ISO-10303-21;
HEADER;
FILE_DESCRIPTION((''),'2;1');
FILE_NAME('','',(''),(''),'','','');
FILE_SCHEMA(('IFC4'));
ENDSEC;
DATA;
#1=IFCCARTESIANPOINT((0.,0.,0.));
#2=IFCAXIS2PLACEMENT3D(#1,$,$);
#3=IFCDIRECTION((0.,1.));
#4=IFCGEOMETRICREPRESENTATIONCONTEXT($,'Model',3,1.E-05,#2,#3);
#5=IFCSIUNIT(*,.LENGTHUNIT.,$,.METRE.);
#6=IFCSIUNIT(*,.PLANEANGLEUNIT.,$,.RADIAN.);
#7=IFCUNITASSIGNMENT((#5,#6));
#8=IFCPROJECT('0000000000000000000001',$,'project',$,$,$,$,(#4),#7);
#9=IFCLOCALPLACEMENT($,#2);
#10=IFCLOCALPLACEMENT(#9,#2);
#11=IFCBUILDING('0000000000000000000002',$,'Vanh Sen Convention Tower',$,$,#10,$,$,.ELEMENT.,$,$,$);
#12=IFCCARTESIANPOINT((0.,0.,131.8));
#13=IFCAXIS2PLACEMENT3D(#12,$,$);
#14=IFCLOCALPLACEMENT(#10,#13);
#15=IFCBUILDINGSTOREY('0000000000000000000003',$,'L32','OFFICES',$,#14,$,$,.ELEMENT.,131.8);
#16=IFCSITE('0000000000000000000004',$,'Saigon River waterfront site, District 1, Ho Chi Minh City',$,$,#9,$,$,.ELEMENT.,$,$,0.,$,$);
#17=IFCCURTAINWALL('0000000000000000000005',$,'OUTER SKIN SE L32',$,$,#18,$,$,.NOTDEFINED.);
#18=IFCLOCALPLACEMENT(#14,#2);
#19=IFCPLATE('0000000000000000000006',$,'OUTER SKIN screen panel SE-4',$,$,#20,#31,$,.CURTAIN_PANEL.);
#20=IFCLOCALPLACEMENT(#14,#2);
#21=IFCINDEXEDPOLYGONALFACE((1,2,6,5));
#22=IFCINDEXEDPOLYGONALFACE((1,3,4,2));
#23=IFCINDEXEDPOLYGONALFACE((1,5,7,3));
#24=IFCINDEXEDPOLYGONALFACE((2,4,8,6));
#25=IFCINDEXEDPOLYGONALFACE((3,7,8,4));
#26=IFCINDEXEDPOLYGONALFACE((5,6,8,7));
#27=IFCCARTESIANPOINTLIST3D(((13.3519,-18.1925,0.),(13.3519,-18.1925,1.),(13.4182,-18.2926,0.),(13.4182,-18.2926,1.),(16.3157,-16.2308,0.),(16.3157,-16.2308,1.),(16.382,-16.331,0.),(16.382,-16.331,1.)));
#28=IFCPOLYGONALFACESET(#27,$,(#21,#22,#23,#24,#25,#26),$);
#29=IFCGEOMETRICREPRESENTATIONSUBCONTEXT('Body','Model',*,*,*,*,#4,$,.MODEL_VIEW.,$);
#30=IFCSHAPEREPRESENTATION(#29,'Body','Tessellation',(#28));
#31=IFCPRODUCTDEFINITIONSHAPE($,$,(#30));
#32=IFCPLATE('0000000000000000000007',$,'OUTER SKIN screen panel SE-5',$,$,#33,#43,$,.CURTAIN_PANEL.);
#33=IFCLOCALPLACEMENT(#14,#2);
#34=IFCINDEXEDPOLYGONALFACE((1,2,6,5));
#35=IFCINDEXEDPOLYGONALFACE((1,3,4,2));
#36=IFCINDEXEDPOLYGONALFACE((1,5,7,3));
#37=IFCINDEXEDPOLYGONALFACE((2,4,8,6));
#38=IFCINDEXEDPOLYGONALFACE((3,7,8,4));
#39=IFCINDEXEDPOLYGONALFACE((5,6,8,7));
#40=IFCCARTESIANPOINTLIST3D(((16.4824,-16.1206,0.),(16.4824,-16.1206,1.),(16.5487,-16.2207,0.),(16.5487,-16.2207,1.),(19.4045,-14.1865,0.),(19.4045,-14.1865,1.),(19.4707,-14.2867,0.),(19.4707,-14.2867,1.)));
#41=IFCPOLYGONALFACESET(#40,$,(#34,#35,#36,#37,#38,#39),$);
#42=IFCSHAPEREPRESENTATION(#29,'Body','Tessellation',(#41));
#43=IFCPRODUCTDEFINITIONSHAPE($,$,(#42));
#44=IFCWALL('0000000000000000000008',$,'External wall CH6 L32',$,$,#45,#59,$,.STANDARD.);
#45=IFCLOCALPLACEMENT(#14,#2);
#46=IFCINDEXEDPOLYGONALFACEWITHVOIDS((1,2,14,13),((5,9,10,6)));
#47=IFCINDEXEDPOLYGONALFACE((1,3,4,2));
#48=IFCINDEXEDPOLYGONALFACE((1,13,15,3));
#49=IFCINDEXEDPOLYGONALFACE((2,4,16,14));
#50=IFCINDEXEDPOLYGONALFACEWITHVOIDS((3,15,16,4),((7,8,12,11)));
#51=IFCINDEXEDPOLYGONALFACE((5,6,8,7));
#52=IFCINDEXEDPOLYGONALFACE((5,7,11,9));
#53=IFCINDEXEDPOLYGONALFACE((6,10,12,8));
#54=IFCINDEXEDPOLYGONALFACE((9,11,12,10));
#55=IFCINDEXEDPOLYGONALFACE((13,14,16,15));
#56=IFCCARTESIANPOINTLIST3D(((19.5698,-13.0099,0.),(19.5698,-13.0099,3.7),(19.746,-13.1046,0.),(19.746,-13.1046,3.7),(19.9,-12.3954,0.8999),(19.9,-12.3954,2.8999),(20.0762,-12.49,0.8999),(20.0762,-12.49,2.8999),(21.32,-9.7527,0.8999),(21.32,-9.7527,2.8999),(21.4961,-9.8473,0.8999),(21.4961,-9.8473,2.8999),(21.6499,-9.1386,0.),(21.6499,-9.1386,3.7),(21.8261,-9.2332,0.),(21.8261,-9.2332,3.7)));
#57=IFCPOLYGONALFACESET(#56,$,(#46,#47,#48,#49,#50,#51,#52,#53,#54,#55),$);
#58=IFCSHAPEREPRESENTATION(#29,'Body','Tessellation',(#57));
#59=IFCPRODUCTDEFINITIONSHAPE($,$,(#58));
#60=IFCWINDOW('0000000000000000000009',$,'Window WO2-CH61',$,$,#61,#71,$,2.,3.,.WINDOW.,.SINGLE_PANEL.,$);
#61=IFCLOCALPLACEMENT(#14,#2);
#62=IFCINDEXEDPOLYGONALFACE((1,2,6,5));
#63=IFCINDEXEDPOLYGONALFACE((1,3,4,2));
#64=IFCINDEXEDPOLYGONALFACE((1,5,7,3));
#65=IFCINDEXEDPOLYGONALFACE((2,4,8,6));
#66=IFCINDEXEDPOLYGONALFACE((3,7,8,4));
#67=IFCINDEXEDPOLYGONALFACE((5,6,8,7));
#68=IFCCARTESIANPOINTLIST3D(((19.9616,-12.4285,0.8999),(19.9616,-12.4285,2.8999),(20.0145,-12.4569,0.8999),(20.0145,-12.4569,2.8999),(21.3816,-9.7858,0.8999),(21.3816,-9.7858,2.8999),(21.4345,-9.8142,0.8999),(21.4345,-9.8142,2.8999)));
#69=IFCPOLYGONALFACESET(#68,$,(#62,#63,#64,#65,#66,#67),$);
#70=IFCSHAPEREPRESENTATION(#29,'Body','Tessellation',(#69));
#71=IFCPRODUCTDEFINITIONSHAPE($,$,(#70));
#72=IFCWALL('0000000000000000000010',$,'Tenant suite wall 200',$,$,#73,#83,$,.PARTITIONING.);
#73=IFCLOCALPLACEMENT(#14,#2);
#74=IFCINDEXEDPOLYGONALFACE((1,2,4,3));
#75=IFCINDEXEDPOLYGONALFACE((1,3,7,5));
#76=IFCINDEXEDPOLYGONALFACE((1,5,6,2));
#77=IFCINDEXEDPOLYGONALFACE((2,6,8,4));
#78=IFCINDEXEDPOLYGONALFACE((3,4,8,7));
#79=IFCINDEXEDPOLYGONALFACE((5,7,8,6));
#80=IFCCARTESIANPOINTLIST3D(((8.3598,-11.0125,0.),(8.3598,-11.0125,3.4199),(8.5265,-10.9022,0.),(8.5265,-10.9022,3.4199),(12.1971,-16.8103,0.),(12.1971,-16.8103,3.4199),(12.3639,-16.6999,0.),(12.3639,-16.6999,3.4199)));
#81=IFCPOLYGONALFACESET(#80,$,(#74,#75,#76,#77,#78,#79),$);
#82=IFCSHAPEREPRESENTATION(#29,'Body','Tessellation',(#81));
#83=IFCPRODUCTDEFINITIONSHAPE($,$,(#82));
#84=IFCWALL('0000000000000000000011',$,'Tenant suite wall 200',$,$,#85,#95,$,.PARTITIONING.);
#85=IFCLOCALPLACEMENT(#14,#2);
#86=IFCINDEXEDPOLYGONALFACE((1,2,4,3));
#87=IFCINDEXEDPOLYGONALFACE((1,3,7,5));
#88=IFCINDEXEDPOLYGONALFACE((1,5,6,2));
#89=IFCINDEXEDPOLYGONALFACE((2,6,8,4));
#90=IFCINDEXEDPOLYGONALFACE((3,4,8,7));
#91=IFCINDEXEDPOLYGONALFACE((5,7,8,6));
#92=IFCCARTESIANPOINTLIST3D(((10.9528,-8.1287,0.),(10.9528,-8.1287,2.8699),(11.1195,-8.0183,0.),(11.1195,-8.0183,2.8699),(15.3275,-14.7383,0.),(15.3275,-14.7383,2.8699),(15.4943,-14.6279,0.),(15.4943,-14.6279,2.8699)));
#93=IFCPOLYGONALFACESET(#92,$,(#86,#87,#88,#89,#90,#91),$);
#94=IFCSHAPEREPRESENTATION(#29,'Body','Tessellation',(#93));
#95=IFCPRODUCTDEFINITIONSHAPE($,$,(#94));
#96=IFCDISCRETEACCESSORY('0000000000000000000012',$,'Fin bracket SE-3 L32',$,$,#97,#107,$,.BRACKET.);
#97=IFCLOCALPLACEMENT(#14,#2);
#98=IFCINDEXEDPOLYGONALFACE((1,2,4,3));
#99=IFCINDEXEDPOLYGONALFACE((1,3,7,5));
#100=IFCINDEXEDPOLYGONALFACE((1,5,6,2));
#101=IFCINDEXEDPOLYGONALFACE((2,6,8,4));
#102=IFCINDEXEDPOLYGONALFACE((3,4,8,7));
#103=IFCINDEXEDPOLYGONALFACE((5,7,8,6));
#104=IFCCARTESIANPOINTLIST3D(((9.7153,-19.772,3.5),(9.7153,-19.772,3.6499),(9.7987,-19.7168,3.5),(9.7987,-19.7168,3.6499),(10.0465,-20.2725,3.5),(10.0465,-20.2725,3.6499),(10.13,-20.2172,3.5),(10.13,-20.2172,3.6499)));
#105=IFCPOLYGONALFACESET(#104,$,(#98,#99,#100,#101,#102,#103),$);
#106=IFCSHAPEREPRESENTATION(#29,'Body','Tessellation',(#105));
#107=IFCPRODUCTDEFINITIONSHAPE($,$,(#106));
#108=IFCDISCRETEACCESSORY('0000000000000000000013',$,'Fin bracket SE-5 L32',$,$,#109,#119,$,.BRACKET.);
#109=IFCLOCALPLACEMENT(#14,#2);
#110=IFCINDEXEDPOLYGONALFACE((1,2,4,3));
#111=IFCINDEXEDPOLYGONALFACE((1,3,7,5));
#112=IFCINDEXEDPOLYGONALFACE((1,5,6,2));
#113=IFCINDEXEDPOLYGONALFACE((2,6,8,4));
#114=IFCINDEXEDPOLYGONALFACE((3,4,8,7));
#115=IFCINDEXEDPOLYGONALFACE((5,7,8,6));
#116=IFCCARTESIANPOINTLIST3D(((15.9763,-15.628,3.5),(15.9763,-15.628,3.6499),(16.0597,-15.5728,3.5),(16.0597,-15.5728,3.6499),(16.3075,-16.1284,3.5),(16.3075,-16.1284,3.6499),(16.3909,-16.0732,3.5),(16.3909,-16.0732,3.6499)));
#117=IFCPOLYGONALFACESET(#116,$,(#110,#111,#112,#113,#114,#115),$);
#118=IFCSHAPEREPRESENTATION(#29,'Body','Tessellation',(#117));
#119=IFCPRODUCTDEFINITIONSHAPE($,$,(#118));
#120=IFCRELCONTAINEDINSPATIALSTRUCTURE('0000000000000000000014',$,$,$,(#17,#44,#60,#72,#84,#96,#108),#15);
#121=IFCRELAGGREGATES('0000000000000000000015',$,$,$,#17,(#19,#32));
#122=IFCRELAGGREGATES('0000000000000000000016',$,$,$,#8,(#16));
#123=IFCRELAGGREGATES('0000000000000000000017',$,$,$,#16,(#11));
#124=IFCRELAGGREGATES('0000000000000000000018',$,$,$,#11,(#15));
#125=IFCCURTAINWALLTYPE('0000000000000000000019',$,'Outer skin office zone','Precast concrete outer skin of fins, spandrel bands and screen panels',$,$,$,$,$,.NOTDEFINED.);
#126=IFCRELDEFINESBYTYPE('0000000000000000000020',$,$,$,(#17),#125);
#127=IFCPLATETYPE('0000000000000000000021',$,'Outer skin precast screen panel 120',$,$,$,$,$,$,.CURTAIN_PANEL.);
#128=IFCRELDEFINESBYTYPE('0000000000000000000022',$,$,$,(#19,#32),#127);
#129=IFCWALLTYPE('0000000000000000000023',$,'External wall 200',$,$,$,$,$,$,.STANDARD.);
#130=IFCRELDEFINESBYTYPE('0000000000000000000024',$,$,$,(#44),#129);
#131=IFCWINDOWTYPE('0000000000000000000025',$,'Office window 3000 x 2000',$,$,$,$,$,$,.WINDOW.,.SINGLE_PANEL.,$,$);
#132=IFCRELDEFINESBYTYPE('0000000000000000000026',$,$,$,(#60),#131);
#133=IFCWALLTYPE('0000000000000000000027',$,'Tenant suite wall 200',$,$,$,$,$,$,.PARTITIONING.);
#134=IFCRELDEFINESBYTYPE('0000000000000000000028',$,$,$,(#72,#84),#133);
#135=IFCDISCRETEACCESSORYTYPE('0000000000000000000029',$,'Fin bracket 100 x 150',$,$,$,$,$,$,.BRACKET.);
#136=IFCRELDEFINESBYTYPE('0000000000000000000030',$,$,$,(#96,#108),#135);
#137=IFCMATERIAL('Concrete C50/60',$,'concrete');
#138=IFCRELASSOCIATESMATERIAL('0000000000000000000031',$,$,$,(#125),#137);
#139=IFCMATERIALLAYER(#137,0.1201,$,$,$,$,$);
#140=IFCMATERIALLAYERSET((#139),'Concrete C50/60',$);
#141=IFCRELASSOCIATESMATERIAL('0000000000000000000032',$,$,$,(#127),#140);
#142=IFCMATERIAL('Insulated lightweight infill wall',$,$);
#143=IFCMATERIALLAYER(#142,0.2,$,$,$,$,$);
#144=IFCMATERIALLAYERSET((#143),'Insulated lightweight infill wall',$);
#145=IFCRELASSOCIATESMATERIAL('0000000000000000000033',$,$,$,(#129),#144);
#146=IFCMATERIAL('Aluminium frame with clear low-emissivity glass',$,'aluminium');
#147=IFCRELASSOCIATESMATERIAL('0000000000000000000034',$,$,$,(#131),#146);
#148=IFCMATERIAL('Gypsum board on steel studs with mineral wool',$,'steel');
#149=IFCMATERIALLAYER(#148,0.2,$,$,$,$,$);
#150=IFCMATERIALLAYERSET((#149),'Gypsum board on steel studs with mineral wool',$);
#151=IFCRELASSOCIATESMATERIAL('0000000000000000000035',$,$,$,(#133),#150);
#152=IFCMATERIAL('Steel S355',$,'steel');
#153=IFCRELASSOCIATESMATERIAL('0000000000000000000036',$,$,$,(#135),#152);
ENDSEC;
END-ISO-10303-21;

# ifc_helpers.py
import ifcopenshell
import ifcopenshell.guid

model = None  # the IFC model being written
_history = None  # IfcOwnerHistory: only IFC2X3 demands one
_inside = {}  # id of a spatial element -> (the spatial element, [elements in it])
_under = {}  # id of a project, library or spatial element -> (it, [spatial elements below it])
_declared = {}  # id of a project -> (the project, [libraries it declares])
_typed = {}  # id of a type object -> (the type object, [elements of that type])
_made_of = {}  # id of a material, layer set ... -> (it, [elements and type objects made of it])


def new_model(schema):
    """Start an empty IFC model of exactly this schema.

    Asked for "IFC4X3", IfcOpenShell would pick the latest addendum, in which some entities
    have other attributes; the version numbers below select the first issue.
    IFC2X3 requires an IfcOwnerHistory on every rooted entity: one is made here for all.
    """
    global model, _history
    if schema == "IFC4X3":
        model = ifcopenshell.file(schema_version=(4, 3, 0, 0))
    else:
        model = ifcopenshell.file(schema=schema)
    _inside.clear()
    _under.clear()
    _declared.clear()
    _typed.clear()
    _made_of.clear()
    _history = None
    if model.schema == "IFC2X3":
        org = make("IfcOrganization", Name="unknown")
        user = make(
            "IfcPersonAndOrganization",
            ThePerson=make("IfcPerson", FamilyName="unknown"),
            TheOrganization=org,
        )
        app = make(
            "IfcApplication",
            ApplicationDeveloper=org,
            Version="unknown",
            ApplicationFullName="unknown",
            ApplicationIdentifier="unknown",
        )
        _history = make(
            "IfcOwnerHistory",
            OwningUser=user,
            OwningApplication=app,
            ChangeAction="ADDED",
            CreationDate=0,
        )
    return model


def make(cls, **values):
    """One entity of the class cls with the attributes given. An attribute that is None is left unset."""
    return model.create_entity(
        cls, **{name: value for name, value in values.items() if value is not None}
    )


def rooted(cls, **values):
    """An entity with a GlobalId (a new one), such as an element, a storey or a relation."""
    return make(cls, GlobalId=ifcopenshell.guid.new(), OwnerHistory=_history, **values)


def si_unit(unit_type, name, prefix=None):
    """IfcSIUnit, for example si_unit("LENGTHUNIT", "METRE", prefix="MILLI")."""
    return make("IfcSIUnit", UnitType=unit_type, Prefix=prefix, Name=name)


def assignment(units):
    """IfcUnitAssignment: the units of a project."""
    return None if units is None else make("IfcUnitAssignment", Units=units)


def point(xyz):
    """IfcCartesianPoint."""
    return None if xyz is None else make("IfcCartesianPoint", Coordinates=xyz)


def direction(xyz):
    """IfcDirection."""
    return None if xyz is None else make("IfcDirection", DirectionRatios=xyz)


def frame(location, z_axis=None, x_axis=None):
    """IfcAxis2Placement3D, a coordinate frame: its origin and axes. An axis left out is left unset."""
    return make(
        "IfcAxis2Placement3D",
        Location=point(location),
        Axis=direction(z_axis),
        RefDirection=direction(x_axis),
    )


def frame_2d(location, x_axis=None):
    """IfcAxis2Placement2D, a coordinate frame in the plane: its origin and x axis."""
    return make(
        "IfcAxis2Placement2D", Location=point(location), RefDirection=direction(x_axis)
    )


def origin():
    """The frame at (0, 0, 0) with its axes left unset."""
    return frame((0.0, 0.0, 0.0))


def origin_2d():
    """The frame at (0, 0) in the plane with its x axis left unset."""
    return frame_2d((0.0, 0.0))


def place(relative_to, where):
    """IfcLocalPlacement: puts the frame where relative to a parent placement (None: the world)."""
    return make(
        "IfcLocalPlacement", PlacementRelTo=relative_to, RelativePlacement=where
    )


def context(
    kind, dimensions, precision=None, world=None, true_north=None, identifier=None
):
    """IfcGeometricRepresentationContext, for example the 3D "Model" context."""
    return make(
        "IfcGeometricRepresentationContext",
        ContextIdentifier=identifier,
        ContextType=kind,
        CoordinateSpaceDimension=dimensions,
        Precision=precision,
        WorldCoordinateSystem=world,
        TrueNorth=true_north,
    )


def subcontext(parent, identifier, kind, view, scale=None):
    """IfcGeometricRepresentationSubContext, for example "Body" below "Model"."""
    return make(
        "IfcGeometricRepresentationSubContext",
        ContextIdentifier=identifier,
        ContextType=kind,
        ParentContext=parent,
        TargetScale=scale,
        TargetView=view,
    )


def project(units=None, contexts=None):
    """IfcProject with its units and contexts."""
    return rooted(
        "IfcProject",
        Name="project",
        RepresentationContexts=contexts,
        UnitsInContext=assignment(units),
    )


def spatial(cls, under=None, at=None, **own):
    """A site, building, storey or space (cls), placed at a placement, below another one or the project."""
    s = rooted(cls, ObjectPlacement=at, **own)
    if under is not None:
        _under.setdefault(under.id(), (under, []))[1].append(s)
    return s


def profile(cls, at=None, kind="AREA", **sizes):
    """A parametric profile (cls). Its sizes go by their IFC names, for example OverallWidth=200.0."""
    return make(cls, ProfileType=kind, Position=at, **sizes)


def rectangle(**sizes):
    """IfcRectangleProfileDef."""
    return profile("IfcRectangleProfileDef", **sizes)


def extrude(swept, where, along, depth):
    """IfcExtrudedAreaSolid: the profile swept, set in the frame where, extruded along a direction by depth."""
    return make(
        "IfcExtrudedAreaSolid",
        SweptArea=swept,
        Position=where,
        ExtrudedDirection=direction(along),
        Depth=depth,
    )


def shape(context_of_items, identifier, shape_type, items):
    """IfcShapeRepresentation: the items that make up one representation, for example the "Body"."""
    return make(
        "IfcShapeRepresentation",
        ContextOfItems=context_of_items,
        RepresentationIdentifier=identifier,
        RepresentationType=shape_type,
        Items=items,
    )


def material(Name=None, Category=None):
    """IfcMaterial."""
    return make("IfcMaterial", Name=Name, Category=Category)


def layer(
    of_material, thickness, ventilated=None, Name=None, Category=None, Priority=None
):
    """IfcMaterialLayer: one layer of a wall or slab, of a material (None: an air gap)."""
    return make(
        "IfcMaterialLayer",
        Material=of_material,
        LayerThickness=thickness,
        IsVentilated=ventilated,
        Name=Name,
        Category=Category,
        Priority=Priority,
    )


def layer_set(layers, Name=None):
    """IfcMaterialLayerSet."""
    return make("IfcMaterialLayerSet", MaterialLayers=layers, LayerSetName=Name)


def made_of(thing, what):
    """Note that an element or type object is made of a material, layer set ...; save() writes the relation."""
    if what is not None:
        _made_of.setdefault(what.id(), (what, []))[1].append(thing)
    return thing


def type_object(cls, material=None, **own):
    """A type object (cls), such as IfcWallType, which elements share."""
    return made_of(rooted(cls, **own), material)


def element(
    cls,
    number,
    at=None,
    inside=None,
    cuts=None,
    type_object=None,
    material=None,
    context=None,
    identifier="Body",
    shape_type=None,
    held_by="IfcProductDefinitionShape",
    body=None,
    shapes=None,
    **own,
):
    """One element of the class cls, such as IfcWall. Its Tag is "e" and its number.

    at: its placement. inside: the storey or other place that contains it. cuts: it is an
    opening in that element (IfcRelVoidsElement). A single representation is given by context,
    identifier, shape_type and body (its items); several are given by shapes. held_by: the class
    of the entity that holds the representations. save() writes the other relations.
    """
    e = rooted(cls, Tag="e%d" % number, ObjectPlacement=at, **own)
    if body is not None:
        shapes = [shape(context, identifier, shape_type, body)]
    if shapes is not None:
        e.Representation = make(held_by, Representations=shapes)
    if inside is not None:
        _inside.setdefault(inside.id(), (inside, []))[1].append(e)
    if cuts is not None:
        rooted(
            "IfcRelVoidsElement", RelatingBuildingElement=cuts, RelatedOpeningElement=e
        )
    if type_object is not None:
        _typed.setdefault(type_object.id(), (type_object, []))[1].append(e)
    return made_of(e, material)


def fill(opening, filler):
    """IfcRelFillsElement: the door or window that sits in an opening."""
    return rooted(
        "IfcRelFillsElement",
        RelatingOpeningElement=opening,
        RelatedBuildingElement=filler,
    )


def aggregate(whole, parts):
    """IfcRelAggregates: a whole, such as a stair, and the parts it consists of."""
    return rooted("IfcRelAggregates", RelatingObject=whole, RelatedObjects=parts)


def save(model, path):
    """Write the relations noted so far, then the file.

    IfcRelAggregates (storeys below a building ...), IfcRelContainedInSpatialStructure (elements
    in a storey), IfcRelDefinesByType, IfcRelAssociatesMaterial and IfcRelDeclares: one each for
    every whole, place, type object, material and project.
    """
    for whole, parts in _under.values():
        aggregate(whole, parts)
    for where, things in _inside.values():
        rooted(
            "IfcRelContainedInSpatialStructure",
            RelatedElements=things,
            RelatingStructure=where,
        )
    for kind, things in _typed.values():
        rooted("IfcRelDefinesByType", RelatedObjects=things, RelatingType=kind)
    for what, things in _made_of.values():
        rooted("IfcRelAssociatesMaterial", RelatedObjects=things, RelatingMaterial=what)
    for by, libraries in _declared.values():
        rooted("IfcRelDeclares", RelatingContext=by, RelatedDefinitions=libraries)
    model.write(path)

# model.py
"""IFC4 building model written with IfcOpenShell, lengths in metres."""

from ifc_helpers import new_model, si_unit, direction, frame, frame_2d, origin, origin_2d, place, context, subcontext, project, spatial, rectangle, extrude, material, layer, layer_set, type_object, element, fill, aggregate, save


model = new_model("IFC4")

# Units and contexts
model_context = context("Model", 3, precision=1e-05, world=origin(), true_north=direction((0.0, 1.0)))
body_context = subcontext(model_context, "Body", "Model", "MODEL_VIEW")
ifc_project = project(units=[si_unit("LENGTHUNIT", "METRE"), si_unit("PLANEANGLEUNIT", "RADIAN")], contexts=[model_context])

# Site, building, storey
site_placement = place(None, origin())
site = spatial("IfcSite", under=ifc_project, at=site_placement, Name="Saigon River waterfront site, District 1, Ho Chi Minh City", CompositionType="ELEMENT", RefElevation=0.0)
building_placement = place(site_placement, origin())
building = spatial("IfcBuilding", under=site, at=building_placement, Name="Vanh Sen Convention Tower", CompositionType="ELEMENT")
storey_placement = place(building_placement, frame((0.0, 0.0, 131.8)))
storey = spatial("IfcBuildingStorey", under=building, at=storey_placement, Name="L32", Description="OFFICES", CompositionType="ELEMENT", Elevation=131.8)

# Curtain wall
ifc_material_1 = material(Name="Concrete C50/60", Category="concrete")
curtain_wall_type = type_object("IfcCurtainWallType", Name="Outer skin office zone", Description="Precast concrete outer skin of fins, spandrel bands and screen panels", PredefinedType="NOTDEFINED", material=ifc_material_1)
curtain_wall_1_placement = place(storey_placement, origin())
curtain_wall_1 = element("IfcCurtainWall", 1, at=curtain_wall_1_placement, inside=storey, type_object=curtain_wall_type, Name="OUTER SKIN SE L32", PredefinedType="NOTDEFINED")

# Plates
ifc_layer_1 = layer(ifc_material_1, 0.1201)
ifc_layer_set_1 = layer_set([ifc_layer_1], Name="Concrete C50/60")
plate_type = type_object("IfcPlateType", Name="Outer skin precast screen panel 120", PredefinedType="CURTAIN_PANEL", material=ifc_layer_set_1)
plate_1_placement = place(storey_placement, frame((14.8669, -17.2617, 0.0), z_axis=(0.0, 0.0, 1.0), x_axis=(0.83389, 0.551931, 0.0)))
plate_1 = element("IfcPlate", 2, at=plate_1_placement, type_object=plate_type, Name="OUTER SKIN screen panel SE-4", PredefinedType="CURTAIN_PANEL", context=body_context, shape_type="SweptSolid", body=[
    extrude(rectangle(XDim=3.5542, YDim=0.1201, at=origin_2d()), origin(), (0.0, 0.0, 1.0), 1.0),
])
plate_2_placement = place(storey_placement, frame((17.9766, -15.2036, 0.0), z_axis=(0.0, 0.0, 1.0), x_axis=(0.83389, 0.551931, 0.0)))
plate_2 = element("IfcPlate", 3, at=plate_2_placement, type_object=plate_type, Name="OUTER SKIN screen panel SE-5", PredefinedType="CURTAIN_PANEL", context=body_context, shape_type="SweptSolid", body=[
    extrude(rectangle(XDim=3.5042, YDim=0.1201, at=origin_2d()), origin(), (0.0, 0.0, 1.0), 1.0),
])
aggregate(curtain_wall_1, [plate_1, plate_2])

# Wall, opening, window
ifc_material_2 = material(Name="Insulated lightweight infill wall")
ifc_layer_2 = layer(ifc_material_2, 0.2)
ifc_layer_set_2 = layer_set([ifc_layer_2], Name="Insulated lightweight infill wall")
wall_type_1 = type_object("IfcWallType", Name="External wall 200", PredefinedType="STANDARD", material=ifc_layer_set_2)
wall_1_placement = place(storey_placement, frame((19.658, -13.0571, 0.0), z_axis=(0.0, 0.0, 1.0), x_axis=(0.473308, 0.880897, 0.0)))
wall_1 = element("IfcWall", 4, at=wall_1_placement, inside=storey, type_object=wall_type_1, Name="External wall CH6 L32", PredefinedType="STANDARD", context=body_context, shape_type="SweptSolid", body=[
    extrude(rectangle(XDim=4.3948, YDim=0.2, at=frame_2d((2.1973, 0.0))), origin(), (0.0, 0.0, 1.0), 3.7),
])
opening_placement = place(wall_1_placement, frame((0.6975, 0.0, 0.8999)))
opening = element("IfcOpeningElement", 5, at=opening_placement, cuts=wall_1, PredefinedType="OPENING", context=body_context, shape_type="SweptSolid", body=[
    extrude(rectangle(XDim=3.0, YDim=2.0, at=frame_2d((1.5, 1.0))), frame((0.0, 0.1099, 0.0), z_axis=(0.0, -1.0, 0.0), x_axis=(1.0, 0.0, 0.0)), (0.0, 0.0, 1.0), 0.22),
])
ifc_material_3 = material(Name="Aluminium frame with clear low-emissivity glass", Category="aluminium")
window_type = type_object("IfcWindowType", Name="Office window 3000 x 2000", PartitioningType="SINGLE_PANEL", PredefinedType="WINDOW", material=ifc_material_3)
window_placement = place(opening_placement, origin())
window = element("IfcWindow", 6, at=window_placement, inside=storey, type_object=window_type, Name="Window WO2-CH61", OverallHeight=2.0, OverallWidth=3.0, PartitioningType="SINGLE_PANEL", PredefinedType="WINDOW", context=body_context, shape_type="SweptSolid", body=[
    extrude(rectangle(XDim=3.0, YDim=2.0, at=frame_2d((1.5, 1.0))), frame((0.0, 0.03, 0.0), z_axis=(0.0, -1.0, 0.0), x_axis=(1.0, 0.0, 0.0)), (0.0, 0.0, 1.0), 0.0601),
])
fill(opening, window)

# Walls
ifc_material_4 = material(Name="Gypsum board on steel studs with mineral wool", Category="steel")
ifc_layer_3 = layer(ifc_material_4, 0.2)
ifc_layer_set_3 = layer_set([ifc_layer_3], Name="Gypsum board on steel studs with mineral wool")
wall_type_2 = type_object("IfcWallType", Name="Tenant suite wall 200", PredefinedType="PARTITIONING", material=ifc_layer_set_3)
wall_2_placement = place(storey_placement, frame((12.2805, -16.7551, 0.0), z_axis=(0.0, 0.0, 1.0), x_axis=(-0.551926, 0.833893, 0.0)))
element("IfcWall", 7, at=wall_2_placement, inside=storey, type_object=wall_type_2, Name="Tenant suite wall 200", PredefinedType="PARTITIONING", context=body_context, shape_type="SweptSolid", body=[
    extrude(rectangle(XDim=6.9526, YDim=0.2, at=frame_2d((3.4763, 0.0))), origin(), (0.0, 0.0, 1.0), 3.4199),
])
wall_3_placement = place(storey_placement, frame((15.4109, -14.6831, 0.0), z_axis=(0.0, 0.0, 1.0), x_axis=(-0.551932, 0.833889, 0.0)))
element("IfcWall", 8, at=wall_3_placement, inside=storey, type_object=wall_type_2, Name="Tenant suite wall 200", PredefinedType="PARTITIONING", context=body_context, shape_type="SweptSolid", body=[
    extrude(rectangle(XDim=7.9263, YDim=0.2, at=frame_2d((3.9631, 0.0))), origin(), (0.0, 0.0, 1.0), 2.8699),
])

# Discrete accessories
ifc_material_5 = material(Name="Steel S355", Category="steel")
discrete_accessory_type = type_object("IfcDiscreteAccessoryType", Name="Fin bracket 100 x 150", PredefinedType="BRACKET", material=ifc_material_5)
for number, where, z_axis, x_axis, name in (
    (9, (9.9226, -19.9946, 3.5), (0.0, 0.0, 1.0), (0.551937, -0.833886, 0.0), "Fin bracket SE-3 L32"),
    (10, (16.1836, -15.8506, 3.5), (0.0, 0.0, 1.0), (0.551937, -0.833886, 0.0), "Fin bracket SE-5 L32"),
):
    element("IfcDiscreteAccessory", number, at=place(storey_placement, frame(where, z_axis=z_axis, x_axis=x_axis)), inside=storey, type_object=discrete_accessory_type, Name=name, PredefinedType="BRACKET", context=body_context, shape_type="SweptSolid", body=[
        extrude(rectangle(XDim=0.6001, YDim=0.1001, at=origin_2d()), origin(), (0.0, 0.0, 1.0), 0.1499),
    ])

save(model, "model.ifc")
